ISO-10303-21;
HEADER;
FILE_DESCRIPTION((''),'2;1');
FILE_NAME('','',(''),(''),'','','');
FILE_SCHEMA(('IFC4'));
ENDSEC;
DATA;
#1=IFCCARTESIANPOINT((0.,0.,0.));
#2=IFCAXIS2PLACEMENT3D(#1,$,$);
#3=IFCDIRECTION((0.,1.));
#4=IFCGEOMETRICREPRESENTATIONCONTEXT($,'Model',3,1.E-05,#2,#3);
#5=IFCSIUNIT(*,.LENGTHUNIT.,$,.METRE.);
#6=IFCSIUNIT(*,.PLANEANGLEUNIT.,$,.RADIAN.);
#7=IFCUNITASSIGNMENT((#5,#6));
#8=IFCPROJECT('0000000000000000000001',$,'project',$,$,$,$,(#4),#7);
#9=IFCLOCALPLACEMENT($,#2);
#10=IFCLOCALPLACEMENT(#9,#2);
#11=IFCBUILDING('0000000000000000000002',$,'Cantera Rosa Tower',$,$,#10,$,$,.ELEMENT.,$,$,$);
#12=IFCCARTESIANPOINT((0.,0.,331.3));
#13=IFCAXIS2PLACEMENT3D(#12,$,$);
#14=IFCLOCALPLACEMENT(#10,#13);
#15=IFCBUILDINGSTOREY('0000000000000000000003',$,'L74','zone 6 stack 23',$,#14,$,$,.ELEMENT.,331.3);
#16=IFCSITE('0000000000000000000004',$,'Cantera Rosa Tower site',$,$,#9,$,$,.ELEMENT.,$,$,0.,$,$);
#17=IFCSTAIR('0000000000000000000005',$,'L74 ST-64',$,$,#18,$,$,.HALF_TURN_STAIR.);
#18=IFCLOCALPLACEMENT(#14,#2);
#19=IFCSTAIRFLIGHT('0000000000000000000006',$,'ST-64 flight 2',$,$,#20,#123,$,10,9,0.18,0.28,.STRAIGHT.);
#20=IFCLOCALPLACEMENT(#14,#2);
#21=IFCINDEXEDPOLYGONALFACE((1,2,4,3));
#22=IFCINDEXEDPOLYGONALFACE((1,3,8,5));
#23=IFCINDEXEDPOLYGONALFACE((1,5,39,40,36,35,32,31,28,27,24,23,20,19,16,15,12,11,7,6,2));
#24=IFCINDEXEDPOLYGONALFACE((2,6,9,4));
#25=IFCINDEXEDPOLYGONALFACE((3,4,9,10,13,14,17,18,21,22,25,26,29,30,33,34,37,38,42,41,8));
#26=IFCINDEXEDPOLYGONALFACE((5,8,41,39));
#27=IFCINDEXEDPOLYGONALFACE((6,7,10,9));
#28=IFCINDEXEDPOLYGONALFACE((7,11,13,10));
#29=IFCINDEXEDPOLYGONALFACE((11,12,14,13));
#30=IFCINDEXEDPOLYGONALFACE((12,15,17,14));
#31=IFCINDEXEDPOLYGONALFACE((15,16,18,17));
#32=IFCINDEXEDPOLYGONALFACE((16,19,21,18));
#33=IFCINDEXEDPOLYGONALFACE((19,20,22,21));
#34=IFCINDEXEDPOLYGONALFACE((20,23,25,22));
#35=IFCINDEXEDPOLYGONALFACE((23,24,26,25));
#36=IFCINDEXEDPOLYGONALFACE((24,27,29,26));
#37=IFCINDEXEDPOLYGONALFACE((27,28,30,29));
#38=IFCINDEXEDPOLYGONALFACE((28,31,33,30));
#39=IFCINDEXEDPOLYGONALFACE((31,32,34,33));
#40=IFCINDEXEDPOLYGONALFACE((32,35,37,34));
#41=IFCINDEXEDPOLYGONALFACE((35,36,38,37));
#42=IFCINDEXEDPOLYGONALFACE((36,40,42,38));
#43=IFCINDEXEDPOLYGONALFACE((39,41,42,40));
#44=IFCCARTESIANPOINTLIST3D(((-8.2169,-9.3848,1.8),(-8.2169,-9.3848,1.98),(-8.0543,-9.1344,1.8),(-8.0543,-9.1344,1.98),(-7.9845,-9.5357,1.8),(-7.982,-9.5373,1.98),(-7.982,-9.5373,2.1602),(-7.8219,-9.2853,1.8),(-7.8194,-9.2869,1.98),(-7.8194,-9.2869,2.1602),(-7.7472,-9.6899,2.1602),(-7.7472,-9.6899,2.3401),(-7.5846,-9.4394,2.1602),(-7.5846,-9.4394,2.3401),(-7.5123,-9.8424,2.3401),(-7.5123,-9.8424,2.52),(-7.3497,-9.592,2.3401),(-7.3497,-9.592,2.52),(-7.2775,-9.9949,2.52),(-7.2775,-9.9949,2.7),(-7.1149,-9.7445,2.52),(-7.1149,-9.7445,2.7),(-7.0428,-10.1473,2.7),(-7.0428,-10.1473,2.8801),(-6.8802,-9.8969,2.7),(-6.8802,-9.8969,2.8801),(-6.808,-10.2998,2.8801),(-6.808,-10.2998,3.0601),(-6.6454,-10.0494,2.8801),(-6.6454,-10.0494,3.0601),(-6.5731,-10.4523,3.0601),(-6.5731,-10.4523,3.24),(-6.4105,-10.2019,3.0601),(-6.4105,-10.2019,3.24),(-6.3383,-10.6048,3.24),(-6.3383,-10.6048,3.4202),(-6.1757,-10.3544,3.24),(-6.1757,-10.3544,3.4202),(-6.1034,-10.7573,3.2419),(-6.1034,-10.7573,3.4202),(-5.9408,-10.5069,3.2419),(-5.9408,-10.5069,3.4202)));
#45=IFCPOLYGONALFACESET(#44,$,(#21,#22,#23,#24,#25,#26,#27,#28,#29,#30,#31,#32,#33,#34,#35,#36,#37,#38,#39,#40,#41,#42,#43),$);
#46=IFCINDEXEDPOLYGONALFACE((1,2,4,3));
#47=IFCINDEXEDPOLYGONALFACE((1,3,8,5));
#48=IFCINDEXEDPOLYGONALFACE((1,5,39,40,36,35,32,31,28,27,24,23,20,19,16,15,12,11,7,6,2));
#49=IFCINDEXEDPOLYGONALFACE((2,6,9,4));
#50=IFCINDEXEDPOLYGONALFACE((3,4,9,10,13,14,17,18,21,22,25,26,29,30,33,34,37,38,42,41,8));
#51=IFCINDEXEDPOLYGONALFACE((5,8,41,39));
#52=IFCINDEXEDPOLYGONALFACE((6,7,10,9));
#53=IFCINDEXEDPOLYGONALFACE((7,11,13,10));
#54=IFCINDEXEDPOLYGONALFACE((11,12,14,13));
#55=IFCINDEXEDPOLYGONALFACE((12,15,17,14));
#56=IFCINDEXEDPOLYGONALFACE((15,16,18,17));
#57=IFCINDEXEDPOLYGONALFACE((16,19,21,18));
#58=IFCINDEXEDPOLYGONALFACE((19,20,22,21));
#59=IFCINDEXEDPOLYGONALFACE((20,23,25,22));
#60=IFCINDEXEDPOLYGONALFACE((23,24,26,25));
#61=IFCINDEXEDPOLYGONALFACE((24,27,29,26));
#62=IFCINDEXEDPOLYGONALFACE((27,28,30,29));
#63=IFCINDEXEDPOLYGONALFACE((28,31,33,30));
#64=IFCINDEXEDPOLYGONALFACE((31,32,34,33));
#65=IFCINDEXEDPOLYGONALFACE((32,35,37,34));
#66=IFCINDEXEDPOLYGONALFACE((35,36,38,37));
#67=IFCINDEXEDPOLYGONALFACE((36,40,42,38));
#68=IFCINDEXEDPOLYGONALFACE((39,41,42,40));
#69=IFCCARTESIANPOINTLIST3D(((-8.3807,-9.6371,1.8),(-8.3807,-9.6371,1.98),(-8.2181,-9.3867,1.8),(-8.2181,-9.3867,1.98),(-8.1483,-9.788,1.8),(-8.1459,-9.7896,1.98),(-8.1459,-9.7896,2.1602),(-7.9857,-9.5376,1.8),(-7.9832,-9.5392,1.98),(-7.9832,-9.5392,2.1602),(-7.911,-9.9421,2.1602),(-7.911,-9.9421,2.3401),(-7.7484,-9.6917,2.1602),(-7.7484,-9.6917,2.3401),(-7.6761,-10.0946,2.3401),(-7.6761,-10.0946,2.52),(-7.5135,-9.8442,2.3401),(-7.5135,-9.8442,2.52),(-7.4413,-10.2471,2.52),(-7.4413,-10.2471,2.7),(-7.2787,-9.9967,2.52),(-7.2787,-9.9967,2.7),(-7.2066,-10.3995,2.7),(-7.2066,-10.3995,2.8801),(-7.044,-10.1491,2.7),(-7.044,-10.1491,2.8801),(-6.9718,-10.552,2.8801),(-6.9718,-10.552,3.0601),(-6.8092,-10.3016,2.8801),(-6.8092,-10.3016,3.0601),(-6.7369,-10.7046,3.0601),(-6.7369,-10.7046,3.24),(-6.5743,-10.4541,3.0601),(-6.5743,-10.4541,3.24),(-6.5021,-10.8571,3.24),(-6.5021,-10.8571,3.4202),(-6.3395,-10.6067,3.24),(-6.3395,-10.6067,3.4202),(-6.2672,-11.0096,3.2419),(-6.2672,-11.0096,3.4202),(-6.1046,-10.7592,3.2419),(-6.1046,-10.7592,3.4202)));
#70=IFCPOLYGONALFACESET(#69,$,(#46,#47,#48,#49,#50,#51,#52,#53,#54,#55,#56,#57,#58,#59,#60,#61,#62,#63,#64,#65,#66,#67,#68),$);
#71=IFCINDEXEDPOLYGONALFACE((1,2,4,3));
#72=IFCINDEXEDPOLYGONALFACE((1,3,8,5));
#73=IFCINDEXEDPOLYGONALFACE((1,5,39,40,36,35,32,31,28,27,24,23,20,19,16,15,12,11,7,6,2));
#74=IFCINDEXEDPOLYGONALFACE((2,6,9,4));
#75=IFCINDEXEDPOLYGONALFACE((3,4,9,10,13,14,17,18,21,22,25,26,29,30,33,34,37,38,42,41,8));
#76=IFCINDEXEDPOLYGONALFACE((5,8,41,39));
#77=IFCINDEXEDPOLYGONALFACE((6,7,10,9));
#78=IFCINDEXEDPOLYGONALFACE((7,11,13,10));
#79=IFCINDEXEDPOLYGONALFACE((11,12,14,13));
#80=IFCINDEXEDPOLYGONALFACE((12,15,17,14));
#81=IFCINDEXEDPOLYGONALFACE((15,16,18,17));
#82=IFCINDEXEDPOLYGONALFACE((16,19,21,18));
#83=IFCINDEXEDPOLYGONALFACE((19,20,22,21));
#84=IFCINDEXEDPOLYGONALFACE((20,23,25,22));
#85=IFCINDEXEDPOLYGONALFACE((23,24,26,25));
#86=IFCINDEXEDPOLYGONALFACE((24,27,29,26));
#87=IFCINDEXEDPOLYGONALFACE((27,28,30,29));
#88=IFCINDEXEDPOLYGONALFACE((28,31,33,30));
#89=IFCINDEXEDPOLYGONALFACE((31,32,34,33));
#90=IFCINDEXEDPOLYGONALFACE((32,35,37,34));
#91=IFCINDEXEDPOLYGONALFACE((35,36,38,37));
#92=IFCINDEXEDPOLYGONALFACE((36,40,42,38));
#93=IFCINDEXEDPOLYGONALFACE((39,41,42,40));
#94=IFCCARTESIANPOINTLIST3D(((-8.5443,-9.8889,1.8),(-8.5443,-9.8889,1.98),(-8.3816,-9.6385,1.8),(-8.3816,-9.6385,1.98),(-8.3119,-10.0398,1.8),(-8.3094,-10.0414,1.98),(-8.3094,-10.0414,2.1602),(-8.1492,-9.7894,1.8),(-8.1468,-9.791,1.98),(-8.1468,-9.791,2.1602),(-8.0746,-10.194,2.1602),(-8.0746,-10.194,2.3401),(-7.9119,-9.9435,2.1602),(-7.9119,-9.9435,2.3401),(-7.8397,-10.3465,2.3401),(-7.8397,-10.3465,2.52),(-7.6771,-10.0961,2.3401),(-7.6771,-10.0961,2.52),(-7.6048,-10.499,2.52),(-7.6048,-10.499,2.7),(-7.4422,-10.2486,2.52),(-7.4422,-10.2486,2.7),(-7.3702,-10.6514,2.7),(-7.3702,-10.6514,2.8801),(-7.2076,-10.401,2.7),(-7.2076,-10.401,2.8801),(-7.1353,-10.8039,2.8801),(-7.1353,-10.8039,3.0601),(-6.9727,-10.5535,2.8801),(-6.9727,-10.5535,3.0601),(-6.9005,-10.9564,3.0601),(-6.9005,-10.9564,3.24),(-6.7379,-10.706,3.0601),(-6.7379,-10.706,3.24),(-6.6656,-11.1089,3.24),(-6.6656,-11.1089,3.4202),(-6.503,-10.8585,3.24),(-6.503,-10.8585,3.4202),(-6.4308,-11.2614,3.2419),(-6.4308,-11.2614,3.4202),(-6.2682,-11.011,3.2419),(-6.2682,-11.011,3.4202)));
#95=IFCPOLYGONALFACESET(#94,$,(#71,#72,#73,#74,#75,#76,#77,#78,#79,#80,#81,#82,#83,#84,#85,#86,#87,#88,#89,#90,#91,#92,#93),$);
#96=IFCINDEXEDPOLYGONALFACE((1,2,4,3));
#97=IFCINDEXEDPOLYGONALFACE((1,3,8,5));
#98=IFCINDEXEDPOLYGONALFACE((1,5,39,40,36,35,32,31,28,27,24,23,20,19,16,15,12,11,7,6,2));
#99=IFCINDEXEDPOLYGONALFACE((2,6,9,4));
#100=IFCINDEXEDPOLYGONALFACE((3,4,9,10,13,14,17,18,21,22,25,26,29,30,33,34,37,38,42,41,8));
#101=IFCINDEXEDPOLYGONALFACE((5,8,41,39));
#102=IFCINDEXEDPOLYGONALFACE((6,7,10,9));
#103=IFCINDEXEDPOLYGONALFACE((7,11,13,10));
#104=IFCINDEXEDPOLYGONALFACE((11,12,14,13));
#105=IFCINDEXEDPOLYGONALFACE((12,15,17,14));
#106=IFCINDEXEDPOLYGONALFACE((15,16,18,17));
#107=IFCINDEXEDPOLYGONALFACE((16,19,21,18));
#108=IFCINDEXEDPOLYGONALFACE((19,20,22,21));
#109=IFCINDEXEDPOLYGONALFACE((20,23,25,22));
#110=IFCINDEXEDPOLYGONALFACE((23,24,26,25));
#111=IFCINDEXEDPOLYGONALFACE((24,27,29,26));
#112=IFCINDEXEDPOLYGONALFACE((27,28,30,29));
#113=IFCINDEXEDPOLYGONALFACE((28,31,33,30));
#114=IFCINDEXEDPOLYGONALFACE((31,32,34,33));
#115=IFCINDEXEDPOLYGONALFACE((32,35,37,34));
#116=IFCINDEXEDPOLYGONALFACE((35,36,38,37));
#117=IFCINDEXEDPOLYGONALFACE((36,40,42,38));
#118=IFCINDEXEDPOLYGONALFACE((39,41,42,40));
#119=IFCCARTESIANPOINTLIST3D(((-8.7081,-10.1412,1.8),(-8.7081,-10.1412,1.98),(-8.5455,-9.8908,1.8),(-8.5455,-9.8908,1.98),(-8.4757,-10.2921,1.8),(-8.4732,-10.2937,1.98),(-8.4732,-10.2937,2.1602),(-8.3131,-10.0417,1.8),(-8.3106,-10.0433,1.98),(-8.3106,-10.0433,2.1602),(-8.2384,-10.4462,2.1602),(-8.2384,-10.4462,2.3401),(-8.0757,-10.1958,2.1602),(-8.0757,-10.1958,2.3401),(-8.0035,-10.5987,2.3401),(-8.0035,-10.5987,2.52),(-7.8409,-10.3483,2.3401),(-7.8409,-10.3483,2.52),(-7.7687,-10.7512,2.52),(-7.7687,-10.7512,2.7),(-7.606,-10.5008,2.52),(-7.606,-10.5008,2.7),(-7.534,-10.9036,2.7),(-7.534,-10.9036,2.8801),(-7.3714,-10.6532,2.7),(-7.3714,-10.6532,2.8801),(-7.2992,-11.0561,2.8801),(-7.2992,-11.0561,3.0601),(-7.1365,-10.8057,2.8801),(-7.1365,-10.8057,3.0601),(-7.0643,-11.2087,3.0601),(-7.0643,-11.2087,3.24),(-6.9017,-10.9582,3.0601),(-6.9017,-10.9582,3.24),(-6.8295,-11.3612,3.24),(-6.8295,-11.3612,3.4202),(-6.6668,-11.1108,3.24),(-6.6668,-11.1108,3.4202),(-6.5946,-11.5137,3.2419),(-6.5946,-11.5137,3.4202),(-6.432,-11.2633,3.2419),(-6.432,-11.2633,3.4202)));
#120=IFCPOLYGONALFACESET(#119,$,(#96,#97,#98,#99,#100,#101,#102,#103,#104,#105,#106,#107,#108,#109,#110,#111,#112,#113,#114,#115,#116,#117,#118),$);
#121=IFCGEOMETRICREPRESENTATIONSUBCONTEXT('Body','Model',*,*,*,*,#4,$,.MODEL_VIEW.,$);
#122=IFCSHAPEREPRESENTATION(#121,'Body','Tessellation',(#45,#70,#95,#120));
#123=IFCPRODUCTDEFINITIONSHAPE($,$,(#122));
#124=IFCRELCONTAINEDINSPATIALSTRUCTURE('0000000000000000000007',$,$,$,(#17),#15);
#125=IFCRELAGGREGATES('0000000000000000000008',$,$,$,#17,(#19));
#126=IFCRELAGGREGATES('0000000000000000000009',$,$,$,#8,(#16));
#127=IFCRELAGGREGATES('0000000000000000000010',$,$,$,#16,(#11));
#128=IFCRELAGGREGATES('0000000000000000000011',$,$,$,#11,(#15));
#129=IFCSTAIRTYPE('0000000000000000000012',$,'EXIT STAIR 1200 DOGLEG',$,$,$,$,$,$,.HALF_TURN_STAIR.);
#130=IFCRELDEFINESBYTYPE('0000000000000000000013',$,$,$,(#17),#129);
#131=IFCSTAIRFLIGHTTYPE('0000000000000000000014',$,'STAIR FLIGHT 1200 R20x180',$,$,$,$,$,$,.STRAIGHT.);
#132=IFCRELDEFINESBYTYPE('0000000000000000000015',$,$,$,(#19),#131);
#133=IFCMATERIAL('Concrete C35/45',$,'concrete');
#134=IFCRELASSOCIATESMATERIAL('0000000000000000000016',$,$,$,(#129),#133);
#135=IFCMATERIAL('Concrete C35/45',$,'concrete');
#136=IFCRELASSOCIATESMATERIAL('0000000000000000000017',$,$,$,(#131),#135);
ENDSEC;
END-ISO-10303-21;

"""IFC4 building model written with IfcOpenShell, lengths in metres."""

from ifc_helpers import new_model, si_unit, direction, frame, origin, place, context, subcontext, project, spatial, polyline, outline, extrude, material, type_object, element, aggregate, save


model = new_model("IFC4")

# Units and contexts
model_context = context("Model", 3, precision=1e-05, world=origin(), true_north=direction((0.0, 1.0)))
body_context = subcontext(model_context, "Body", "Model", "MODEL_VIEW")
ifc_project = project(units=[si_unit("LENGTHUNIT", "METRE"), si_unit("PLANEANGLEUNIT", "RADIAN")], contexts=[model_context])

# Site, building, storey
site_placement = place(None, origin())
site = spatial("IfcSite", under=ifc_project, at=site_placement, Name="Cantera Rosa Tower site", CompositionType="ELEMENT", RefElevation=0.0)
building_placement = place(site_placement, origin())
building = spatial("IfcBuilding", under=site, at=building_placement, Name="Cantera Rosa Tower", CompositionType="ELEMENT")
storey_placement = place(building_placement, frame((0.0, 0.0, 331.3)))
storey = spatial("IfcBuildingStorey", under=building, at=storey_placement, Name="L74", Description="zone 6 stack 23", CompositionType="ELEMENT", Elevation=331.3)

# Stair, stair flight
ifc_material_1 = material(Name="Concrete C35/45", Category="concrete")
stair_type = type_object("IfcStairType", Name="EXIT STAIR 1200 DOGLEG", PredefinedType="HALF_TURN_STAIR", material=ifc_material_1)
stair_placement = place(storey_placement, origin())
stair = element("IfcStair", 1, at=stair_placement, inside=storey, type_object=stair_type, Name="L74 ST-64", PredefinedType="HALF_TURN_STAIR")
ifc_material_2 = material(Name="Concrete C35/45", Category="concrete")
stair_flight_type = type_object("IfcStairFlightType", Name="STAIR FLIGHT 1200 R20x180", PredefinedType="STRAIGHT", material=ifc_material_2)
stair_flight_1_placement = place(storey_placement, frame((-8.3811, -9.6377, 1.8), z_axis=(0.0, 0.0, 1.0), x_axis=(0.838671, -0.544639, 0.0)))
stair_flight_1 = element("IfcStairFlight", 2, at=stair_flight_1_placement, type_object=stair_flight_type, Name="ST-64 flight 2", NumberOfRisers=10, NumberOfTreads=9, PredefinedType="STRAIGHT", RiserHeight=0.18, TreadLength=0.28, context=body_context, shape_type="SweptSolid", body=[
    extrude(outline(polyline([(0.0, 0.0), (0.0, 0.1799), (0.28, 0.1799), (0.28, 0.3601), (0.5601, 0.3601), (0.5601, 0.54), (0.8401, 0.54), (0.8401, 0.72), (1.1201, 0.72), (1.1201, 0.8999), (1.3999, 0.8999), (1.3999, 1.0801), (1.6799, 1.0801), (1.6799, 1.26), (1.96, 1.26), (1.96, 1.4399), (2.24, 1.4399), (2.24, 1.6201), (2.52, 1.6201), (2.52, 1.8), (2.52, 1.4419), (0.2771, 0.0), (0.0, 0.0)])), frame((0.0, 0.6001, 0.0), z_axis=(0.0, -1.0, 0.0), x_axis=(1.0, 0.0, 0.0)), (0.0, 0.0, 1.0), 0.2986),
    extrude(outline(polyline([(0.0, 0.0), (0.0, 0.1799), (0.28, 0.1799), (0.28, 0.3601), (0.5601, 0.3601), (0.5601, 0.54), (0.8401, 0.54), (0.8401, 0.72), (1.1201, 0.72), (1.1201, 0.8999), (1.3999, 0.8999), (1.3999, 1.0801), (1.6799, 1.0801), (1.6799, 1.26), (1.96, 1.26), (1.96, 1.4399), (2.24, 1.4399), (2.24, 1.6201), (2.52, 1.6201), (2.52, 1.8), (2.52, 1.4419), (0.2771, 0.0), (0.0, 0.0)])), frame((0.0, 0.2993, 0.0), z_axis=(0.0, -1.0, 0.0), x_axis=(1.0, 0.0, 0.0)), (0.0, 0.0, 1.0), 0.2986),
    extrude(outline(polyline([(0.0, 0.0), (0.0, 0.1799), (0.28, 0.1799), (0.28, 0.3601), (0.5601, 0.3601), (0.5601, 0.54), (0.8401, 0.54), (0.8401, 0.72), (1.1201, 0.72), (1.1201, 0.8999), (1.3999, 0.8999), (1.3999, 1.0801), (1.6799, 1.0801), (1.6799, 1.26), (1.96, 1.26), (1.96, 1.4399), (2.24, 1.4399), (2.24, 1.6201), (2.52, 1.6201), (2.52, 1.8), (2.52, 1.4419), (0.2771, 0.0), (0.0, 0.0)])), frame((0.0, -0.001, 0.0), z_axis=(0.0, -1.0, 0.0), x_axis=(1.0, 0.0, 0.0)), (0.0, 0.0, 1.0), 0.2986),
    extrude(outline(polyline([(0.0, 0.0), (0.0, 0.1799), (0.28, 0.1799), (0.28, 0.3601), (0.5601, 0.3601), (0.5601, 0.54), (0.8401, 0.54), (0.8401, 0.72), (1.1201, 0.72), (1.1201, 0.8999), (1.3999, 0.8999), (1.3999, 1.0801), (1.6799, 1.0801), (1.6799, 1.26), (1.96, 1.26), (1.96, 1.4399), (2.24, 1.4399), (2.24, 1.6201), (2.52, 1.6201), (2.52, 1.8), (2.52, 1.4419), (0.2771, 0.0), (0.0, 0.0)])), frame((0.0, -0.3018, 0.0), z_axis=(0.0, -1.0, 0.0), x_axis=(1.0, 0.0, 0.0)), (0.0, 0.0, 1.0), 0.2986),
])
aggregate(stair, [stair_flight_1])

save(model, "model.ifc")
